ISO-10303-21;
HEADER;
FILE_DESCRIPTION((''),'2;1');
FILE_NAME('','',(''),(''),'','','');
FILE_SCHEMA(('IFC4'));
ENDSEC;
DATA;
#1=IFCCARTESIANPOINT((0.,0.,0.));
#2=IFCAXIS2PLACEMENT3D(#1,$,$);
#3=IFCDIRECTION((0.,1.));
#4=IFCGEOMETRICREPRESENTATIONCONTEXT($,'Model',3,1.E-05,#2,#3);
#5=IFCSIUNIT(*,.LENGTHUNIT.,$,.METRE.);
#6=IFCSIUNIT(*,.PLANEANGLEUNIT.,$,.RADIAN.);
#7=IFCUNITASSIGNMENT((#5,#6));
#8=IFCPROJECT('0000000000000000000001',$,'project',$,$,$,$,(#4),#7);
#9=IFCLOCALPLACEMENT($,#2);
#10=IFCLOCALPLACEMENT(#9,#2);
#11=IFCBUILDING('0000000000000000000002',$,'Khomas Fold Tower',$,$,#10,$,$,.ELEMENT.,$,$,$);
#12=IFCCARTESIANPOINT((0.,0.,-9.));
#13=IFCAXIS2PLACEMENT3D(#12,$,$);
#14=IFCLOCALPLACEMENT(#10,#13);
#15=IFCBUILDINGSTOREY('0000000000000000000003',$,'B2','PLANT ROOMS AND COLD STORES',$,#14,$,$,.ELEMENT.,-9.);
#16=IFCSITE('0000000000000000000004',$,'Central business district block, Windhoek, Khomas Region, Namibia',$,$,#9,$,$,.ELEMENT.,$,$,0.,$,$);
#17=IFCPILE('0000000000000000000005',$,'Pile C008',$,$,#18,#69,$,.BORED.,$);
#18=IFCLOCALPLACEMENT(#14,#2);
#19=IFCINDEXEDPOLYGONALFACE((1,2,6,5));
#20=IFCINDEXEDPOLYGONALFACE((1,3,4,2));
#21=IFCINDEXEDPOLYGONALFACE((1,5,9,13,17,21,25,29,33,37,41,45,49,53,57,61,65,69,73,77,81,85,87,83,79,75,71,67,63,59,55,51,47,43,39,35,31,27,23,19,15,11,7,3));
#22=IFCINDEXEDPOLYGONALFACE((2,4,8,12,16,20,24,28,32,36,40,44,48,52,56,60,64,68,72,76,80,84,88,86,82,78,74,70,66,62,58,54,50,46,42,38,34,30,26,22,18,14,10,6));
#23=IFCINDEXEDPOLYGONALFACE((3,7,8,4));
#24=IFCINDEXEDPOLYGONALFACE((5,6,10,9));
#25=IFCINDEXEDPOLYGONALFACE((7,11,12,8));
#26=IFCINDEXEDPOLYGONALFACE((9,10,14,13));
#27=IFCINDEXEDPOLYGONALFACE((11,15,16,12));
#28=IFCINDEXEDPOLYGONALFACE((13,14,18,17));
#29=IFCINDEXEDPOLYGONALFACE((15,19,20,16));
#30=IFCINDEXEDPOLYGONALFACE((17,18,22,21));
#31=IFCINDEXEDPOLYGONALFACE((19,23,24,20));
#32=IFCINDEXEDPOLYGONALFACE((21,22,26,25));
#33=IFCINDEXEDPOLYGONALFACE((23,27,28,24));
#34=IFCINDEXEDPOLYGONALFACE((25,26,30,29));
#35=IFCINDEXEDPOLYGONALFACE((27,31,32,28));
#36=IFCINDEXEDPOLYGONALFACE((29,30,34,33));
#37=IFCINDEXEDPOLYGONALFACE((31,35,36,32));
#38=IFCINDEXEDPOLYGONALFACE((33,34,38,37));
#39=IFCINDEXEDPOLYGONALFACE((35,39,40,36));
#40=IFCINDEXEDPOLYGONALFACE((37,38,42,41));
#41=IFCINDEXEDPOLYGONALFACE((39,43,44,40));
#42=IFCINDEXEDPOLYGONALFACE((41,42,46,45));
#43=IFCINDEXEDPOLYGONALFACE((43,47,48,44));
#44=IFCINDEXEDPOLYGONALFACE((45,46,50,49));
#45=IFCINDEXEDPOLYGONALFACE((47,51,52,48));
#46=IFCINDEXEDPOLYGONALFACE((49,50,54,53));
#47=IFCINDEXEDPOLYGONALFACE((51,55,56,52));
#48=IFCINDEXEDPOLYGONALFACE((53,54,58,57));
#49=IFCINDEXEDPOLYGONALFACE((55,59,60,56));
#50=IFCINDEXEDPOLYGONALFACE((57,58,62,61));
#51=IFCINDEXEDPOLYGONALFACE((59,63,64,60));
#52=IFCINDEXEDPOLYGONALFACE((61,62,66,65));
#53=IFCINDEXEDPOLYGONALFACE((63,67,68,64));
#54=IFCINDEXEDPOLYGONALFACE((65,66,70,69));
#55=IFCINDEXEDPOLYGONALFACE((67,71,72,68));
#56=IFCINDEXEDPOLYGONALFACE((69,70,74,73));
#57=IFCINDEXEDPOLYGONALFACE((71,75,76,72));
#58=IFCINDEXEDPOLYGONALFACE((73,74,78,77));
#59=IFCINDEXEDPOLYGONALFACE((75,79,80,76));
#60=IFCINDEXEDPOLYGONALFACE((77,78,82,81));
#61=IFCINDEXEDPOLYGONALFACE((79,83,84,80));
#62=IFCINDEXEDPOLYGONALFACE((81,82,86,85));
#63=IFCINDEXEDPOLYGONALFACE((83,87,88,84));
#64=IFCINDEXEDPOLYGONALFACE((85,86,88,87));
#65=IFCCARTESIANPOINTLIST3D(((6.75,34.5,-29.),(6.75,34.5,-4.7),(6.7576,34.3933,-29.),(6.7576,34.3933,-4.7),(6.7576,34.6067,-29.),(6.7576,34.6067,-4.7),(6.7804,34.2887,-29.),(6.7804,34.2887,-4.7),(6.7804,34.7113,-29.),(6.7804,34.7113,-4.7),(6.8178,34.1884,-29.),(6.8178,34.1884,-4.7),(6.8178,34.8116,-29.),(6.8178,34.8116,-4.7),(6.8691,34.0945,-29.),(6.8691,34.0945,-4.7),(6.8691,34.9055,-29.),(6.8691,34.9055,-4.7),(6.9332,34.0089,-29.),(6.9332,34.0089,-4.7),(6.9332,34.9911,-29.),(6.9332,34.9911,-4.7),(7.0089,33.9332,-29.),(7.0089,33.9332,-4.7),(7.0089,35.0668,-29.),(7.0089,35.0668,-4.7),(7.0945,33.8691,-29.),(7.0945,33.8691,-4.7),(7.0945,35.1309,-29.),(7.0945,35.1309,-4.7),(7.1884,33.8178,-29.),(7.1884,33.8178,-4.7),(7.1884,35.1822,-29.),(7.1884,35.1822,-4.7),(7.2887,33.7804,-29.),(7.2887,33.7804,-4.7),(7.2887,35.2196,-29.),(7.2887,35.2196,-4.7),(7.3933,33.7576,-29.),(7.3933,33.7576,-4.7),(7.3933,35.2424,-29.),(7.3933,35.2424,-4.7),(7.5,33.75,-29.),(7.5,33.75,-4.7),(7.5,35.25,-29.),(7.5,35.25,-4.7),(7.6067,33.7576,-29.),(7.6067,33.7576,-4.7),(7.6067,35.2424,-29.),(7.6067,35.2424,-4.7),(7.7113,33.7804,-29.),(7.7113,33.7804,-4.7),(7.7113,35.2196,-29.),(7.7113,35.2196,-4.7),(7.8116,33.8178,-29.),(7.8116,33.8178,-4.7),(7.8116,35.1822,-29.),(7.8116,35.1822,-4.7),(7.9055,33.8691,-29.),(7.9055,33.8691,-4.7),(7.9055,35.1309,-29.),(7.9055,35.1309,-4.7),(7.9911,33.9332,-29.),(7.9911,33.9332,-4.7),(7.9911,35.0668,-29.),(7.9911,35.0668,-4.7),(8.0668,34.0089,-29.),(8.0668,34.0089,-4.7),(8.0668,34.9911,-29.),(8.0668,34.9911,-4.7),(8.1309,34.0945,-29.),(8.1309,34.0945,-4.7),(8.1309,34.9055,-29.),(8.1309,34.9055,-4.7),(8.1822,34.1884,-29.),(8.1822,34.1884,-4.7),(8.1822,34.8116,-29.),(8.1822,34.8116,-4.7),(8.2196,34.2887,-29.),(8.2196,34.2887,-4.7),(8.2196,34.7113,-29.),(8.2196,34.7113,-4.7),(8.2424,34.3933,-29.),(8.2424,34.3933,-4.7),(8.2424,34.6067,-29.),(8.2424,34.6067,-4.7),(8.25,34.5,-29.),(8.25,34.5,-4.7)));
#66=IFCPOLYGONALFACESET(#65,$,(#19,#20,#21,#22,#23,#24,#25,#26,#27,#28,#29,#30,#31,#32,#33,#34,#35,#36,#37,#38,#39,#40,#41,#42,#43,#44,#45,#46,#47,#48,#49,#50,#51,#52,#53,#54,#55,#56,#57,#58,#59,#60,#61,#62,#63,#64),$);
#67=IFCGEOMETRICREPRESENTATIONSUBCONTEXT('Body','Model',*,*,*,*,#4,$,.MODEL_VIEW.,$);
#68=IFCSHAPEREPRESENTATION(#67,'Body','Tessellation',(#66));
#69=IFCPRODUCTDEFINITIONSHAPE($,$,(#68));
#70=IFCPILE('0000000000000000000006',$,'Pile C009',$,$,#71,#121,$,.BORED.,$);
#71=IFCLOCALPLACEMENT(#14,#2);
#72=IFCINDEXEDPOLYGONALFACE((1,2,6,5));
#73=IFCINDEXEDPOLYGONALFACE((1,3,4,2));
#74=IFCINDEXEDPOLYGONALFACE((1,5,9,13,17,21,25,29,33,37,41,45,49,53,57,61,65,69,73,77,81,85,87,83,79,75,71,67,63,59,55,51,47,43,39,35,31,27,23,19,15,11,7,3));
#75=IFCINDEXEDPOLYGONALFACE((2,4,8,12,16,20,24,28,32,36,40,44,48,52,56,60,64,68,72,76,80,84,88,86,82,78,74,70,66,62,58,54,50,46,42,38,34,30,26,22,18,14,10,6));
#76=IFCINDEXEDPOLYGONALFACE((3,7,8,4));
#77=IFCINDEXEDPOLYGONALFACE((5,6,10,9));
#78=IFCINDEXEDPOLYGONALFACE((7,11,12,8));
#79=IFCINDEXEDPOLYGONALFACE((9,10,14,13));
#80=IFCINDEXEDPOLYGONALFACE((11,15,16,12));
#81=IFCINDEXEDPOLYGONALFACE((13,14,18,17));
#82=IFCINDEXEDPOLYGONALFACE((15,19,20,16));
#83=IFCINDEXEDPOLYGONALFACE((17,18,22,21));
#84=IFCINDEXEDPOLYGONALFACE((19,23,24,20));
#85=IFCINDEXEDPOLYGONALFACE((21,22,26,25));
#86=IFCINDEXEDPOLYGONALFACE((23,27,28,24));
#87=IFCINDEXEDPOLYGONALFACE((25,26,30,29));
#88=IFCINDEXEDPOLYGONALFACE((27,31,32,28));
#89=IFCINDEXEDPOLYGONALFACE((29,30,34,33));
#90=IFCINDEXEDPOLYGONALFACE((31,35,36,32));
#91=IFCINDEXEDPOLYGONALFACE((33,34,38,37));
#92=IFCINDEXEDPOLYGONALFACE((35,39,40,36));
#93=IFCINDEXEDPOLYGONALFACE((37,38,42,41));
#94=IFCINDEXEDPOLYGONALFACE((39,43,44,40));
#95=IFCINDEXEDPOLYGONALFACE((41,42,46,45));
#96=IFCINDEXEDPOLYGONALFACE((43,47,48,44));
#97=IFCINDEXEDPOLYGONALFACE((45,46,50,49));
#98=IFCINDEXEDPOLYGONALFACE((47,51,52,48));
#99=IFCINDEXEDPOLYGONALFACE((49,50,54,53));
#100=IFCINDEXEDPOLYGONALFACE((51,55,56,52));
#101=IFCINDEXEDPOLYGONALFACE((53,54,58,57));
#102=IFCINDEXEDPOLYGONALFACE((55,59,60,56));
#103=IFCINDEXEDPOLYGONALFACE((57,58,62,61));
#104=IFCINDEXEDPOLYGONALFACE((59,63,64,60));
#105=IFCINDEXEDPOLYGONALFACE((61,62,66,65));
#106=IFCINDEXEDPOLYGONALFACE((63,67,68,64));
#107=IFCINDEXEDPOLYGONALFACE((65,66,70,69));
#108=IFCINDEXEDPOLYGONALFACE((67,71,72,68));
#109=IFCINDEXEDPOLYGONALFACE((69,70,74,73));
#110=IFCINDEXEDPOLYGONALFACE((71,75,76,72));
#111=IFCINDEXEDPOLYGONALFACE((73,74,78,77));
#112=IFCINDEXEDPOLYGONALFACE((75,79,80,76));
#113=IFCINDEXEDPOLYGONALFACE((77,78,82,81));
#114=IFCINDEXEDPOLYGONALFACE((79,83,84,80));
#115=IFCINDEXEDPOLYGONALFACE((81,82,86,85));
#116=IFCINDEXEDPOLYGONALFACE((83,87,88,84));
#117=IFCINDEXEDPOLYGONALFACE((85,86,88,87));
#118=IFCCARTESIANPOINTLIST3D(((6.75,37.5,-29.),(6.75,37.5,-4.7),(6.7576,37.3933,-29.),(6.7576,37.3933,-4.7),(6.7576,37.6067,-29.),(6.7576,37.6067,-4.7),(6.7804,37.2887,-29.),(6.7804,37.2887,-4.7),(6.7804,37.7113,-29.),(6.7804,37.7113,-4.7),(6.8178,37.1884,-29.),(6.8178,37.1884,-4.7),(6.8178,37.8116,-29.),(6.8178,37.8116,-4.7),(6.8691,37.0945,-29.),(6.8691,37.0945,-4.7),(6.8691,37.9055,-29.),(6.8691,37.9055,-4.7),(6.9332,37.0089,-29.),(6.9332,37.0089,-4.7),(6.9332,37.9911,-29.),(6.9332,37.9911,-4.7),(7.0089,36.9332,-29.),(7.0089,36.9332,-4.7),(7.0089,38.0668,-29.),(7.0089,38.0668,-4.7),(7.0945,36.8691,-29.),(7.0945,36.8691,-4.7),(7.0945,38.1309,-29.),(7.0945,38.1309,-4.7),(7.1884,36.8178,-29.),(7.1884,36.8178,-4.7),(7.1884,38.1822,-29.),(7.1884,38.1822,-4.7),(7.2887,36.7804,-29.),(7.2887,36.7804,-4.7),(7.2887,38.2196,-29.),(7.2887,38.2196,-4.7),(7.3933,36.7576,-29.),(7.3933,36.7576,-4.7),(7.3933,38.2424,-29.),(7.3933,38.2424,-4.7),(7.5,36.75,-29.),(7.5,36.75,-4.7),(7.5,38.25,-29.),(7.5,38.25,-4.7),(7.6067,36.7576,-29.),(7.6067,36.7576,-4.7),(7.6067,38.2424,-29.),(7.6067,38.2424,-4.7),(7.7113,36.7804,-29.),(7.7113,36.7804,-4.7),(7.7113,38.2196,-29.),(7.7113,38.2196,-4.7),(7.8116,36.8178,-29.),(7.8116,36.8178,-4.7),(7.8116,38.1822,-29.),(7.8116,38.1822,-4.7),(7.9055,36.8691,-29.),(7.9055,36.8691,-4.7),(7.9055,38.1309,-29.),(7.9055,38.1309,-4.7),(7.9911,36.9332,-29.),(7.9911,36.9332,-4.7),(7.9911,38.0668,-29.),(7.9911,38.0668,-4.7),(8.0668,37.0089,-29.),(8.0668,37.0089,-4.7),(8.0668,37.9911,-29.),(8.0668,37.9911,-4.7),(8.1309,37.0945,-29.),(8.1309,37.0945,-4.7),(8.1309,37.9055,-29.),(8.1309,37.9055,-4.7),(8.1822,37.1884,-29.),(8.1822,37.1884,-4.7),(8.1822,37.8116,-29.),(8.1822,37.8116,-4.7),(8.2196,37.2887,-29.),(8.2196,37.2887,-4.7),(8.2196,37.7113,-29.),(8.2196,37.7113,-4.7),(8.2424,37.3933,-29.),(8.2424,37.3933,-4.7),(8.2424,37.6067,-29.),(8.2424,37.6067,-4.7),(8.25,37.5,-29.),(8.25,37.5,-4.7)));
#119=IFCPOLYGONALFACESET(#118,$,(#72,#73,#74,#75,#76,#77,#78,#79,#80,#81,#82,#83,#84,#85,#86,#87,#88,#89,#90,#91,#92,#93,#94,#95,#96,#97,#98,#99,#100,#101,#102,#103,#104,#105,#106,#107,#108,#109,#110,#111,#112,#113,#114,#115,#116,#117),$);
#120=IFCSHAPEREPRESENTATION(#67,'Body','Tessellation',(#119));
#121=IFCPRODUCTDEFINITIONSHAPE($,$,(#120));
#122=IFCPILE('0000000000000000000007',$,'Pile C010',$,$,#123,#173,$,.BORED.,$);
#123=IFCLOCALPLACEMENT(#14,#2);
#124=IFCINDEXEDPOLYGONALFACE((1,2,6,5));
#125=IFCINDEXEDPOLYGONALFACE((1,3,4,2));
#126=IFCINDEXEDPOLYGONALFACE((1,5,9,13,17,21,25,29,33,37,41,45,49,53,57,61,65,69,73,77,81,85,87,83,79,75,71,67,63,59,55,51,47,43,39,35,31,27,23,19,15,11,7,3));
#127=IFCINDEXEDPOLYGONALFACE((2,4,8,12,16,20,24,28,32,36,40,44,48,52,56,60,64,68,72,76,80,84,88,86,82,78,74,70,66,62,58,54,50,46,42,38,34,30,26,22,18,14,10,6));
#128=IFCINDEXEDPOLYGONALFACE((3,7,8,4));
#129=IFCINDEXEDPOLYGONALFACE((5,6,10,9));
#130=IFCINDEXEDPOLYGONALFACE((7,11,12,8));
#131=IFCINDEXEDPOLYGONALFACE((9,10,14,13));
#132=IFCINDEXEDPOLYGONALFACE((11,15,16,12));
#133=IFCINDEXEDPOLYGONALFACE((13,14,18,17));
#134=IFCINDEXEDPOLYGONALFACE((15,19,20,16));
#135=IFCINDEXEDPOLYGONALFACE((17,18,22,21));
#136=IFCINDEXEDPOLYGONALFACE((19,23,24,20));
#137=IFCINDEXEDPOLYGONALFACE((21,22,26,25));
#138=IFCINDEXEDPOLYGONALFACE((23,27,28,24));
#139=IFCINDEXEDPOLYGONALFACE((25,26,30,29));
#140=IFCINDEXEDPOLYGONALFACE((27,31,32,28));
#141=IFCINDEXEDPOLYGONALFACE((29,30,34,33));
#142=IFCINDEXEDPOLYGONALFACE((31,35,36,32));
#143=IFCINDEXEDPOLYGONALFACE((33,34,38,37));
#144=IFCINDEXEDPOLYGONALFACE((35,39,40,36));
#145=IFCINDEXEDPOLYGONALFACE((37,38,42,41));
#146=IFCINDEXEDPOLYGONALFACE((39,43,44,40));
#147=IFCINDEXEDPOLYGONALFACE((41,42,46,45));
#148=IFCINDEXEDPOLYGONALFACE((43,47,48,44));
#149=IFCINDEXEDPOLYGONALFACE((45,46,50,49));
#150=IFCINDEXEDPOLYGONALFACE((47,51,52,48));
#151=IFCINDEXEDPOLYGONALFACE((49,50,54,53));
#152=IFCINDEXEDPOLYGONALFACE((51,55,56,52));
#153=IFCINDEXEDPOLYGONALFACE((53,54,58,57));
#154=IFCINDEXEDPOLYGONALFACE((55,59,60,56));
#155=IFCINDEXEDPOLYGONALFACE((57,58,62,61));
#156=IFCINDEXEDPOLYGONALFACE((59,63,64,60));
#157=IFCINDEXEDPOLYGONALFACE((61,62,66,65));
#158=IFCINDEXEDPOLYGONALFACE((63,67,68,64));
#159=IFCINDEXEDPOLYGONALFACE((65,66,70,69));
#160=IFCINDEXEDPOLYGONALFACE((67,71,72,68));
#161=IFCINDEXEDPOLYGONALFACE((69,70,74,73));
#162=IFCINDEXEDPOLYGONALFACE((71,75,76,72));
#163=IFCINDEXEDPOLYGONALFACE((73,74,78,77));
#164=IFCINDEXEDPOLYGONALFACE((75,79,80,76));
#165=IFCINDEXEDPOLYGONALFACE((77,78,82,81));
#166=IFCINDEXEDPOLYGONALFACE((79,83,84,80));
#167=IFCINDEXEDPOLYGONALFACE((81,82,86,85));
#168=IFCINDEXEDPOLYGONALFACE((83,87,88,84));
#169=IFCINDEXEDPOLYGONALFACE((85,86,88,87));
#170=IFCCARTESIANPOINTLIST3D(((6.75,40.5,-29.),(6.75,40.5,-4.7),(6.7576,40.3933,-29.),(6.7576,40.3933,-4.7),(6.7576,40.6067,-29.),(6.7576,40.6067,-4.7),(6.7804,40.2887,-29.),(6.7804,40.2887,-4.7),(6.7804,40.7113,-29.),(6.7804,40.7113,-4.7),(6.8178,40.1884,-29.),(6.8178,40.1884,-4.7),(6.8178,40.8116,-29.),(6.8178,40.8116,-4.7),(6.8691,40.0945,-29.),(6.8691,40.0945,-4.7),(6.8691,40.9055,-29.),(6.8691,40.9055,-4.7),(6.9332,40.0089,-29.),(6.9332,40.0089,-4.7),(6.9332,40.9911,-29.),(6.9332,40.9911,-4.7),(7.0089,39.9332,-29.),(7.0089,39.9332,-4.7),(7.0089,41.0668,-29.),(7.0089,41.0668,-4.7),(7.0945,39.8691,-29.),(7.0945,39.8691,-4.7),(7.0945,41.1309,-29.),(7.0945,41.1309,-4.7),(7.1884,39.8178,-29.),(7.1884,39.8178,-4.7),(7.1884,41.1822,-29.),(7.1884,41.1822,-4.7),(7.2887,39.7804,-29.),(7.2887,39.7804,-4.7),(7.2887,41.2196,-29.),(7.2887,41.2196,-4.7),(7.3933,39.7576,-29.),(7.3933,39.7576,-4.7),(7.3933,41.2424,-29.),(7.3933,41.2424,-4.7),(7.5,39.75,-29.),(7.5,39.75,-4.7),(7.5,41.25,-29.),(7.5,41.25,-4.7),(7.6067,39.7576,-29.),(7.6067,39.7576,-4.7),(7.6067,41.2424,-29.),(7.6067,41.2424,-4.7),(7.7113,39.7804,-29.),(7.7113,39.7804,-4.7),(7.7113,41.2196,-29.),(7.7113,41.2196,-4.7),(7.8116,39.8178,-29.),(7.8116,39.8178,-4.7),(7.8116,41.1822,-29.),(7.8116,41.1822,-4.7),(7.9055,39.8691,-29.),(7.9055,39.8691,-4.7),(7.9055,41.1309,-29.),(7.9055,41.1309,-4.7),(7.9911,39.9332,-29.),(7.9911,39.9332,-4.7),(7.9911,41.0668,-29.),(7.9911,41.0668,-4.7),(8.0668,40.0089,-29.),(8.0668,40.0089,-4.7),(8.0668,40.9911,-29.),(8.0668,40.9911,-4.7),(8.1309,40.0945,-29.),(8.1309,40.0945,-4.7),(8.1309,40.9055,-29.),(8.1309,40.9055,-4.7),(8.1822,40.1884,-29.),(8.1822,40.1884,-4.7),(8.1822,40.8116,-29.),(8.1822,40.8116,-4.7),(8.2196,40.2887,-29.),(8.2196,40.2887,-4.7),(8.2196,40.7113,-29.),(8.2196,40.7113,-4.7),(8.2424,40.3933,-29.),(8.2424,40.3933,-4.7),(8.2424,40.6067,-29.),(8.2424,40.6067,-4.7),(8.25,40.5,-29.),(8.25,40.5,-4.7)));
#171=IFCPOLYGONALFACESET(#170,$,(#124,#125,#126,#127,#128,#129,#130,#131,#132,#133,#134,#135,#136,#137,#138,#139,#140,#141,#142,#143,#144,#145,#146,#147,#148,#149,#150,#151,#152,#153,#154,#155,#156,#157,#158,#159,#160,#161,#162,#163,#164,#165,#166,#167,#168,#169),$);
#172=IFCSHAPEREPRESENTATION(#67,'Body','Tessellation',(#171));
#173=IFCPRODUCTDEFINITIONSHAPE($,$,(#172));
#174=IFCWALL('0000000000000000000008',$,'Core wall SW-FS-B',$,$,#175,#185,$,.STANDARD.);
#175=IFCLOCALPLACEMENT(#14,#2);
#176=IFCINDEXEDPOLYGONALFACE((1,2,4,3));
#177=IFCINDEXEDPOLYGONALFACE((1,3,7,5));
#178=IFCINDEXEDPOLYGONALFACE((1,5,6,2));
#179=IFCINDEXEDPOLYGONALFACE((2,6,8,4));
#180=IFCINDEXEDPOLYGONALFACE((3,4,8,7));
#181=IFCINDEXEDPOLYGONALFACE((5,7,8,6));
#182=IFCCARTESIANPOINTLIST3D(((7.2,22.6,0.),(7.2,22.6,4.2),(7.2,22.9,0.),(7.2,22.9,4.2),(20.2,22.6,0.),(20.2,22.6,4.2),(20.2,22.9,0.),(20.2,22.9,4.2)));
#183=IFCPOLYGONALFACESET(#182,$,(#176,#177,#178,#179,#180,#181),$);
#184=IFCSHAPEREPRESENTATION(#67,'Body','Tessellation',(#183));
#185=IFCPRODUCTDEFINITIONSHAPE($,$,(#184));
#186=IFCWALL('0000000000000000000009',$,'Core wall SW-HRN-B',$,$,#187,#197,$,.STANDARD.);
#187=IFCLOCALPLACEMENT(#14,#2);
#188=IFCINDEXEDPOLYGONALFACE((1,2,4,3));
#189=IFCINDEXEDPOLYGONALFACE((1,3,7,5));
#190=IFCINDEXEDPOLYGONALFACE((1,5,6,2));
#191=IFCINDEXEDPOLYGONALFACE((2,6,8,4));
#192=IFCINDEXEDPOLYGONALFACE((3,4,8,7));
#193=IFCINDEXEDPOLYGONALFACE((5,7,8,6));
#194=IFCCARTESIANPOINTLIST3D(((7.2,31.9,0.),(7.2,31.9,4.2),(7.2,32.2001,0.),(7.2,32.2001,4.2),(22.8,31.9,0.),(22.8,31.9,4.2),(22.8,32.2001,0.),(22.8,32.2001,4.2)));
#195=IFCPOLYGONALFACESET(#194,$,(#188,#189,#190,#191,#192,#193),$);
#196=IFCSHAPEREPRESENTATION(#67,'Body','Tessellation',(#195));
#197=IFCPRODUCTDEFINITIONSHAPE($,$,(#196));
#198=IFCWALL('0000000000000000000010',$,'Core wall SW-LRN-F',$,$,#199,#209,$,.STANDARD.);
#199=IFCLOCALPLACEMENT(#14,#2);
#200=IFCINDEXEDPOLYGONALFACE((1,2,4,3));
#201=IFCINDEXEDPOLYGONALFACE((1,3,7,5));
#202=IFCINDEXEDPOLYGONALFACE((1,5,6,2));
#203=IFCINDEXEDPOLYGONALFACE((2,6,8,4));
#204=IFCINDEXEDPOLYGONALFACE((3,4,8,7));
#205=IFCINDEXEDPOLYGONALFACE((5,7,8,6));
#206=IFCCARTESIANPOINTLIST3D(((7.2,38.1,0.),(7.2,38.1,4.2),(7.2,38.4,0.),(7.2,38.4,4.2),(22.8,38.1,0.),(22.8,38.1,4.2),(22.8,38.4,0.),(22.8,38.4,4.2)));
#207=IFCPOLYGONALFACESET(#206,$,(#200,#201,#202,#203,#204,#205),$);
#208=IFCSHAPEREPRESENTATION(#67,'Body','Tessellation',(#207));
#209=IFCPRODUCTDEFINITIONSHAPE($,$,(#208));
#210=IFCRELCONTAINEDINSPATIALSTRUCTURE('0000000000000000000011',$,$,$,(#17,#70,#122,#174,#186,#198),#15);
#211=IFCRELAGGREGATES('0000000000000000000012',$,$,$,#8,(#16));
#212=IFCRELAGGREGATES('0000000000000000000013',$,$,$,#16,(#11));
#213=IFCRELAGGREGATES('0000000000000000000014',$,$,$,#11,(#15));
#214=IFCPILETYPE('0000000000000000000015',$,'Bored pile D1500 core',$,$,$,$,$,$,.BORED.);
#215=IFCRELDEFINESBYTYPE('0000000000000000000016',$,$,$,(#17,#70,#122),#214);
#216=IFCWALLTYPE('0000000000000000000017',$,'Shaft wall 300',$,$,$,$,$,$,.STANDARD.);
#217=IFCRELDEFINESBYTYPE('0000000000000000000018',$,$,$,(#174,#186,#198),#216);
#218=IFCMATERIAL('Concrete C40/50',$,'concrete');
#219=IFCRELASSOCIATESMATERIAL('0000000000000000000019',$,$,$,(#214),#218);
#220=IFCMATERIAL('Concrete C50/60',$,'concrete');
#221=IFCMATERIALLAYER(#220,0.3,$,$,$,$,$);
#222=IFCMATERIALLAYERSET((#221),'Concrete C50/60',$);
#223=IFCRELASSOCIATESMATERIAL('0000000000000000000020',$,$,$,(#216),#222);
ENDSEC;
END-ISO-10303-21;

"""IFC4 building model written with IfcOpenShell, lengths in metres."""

from ifc_helpers import new_model, si_unit, direction, frame, frame_2d, origin, origin_2d, place, context, subcontext, project, spatial, rectangle, circle, extrude, source, transform, mapped, material, layer, layer_set, material_profile, profile_set, type_object, element, save


model = new_model("IFC4")

# Units and contexts
model_context = context("Model", 3, precision=1e-05, world=origin(), true_north=direction((0.0, 1.0)))
body_context = subcontext(model_context, "Body", "Model", "MODEL_VIEW")
ifc_project = project(units=[si_unit("LENGTHUNIT", "METRE"), si_unit("PLANEANGLEUNIT", "RADIAN")], contexts=[model_context])

# Site, building, storey
site_placement = place(None, origin())
site = spatial("IfcSite", under=ifc_project, at=site_placement, Name="Central business district block, Windhoek, Khomas Region, Namibia", CompositionType="ELEMENT", RefElevation=0.0)
building_placement = place(site_placement, origin())
building = spatial("IfcBuilding", under=site, at=building_placement, Name="Khomas Fold Tower", CompositionType="ELEMENT")
storey_placement = place(building_placement, frame((0.0, 0.0, -9.0)))
storey = spatial("IfcBuildingStorey", under=building, at=storey_placement, Name="B2", Description="PLANT ROOMS AND COLD STORES", CompositionType="ELEMENT", Elevation=-9.0)

# Piles
ifc_material_1 = material(Name="Concrete C40/50", Category="concrete")
ifc_material_profile = material_profile(ifc_material_1, circle(Radius=0.75, at=origin_2d()), Name="PILE D1500")
ifc_profile_set = profile_set([ifc_material_profile], Name="Concrete C40/50")
pile_type = type_object("IfcPileType", Name="Bored pile D1500 core", PredefinedType="BORED", material=ifc_profile_set)
shared_shape_1 = source(origin(), body_context, "Body", "SweptSolid", [
    extrude(circle(Radius=0.75, at=origin_2d()), origin(), (0.0, 0.0, 1.0), 24.3),
])
for number, where, z_axis, x_axis, name in (
    (1, (7.5, 34.5, -4.7), (0.0, 0.0, -1.0), (1.0, 0.0, 0.0), "Pile C008"),
    (2, (7.5, 37.5, -4.7), (0.0, 0.0, -1.0), (1.0, 0.0, 0.0), "Pile C009"),
    (3, (7.5, 40.5, -4.7), (0.0, 0.0, -1.0), (1.0, 0.0, 0.0), "Pile C010"),
):
    element("IfcPile", number, at=place(storey_placement, frame(where, z_axis=z_axis, x_axis=x_axis)), inside=storey, type_object=pile_type, Name=name, PredefinedType="BORED", context=body_context, shape_type="MappedRepresentation", body=[
        mapped(shared_shape_1, transform((0.0, 0.0, 0.0))),
    ])

# Walls
ifc_material_2 = material(Name="Concrete C50/60", Category="concrete")
ifc_layer_1 = layer(ifc_material_2, 0.3)
ifc_layer_set_1 = layer_set([ifc_layer_1], Name="Concrete C50/60")
wall_type_1 = type_object("IfcWallType", Name="Shaft wall 300", PredefinedType="STANDARD", material=ifc_layer_set_1)
shared_shape_2 = source(origin(), body_context, "Body", "SweptSolid", [
    extrude(rectangle(XDim=13.0, YDim=0.3, at=frame_2d((6.5, 0.0))), origin(), (0.0, 0.0, 1.0), 4.2),
])
wall_1_placement = place(storey_placement, frame((7.2, 22.75, 0.0), z_axis=(0.0, 0.0, 1.0), x_axis=(1.0, 0.0, 0.0)))
element("IfcWall", 4, at=wall_1_placement, inside=storey, type_object=wall_type_1, Name="Core wall SW-FS-B", PredefinedType="STANDARD", context=body_context, shape_type="MappedRepresentation", body=[
    mapped(shared_shape_2, transform((0.0, 0.0, 0.0))),
])
shared_shape_3 = source(origin(), body_context, "Body", "SweptSolid", [
    extrude(rectangle(XDim=15.6001, YDim=0.3, at=frame_2d((7.8, 0.0))), origin(), (0.0, 0.0, 1.0), 4.2),
])
for number, where, z_axis, x_axis, name in (
    (5, (7.2, 32.05, 0.0), (0.0, 0.0, 1.0), (1.0, 0.0, 0.0), "Core wall SW-HRN-B"),
    (6, (7.2, 38.25, 0.0), (0.0, 0.0, 1.0), (1.0, 0.0, 0.0), "Core wall SW-LRN-F"),
):
    element("IfcWall", number, at=place(storey_placement, frame(where, z_axis=z_axis, x_axis=x_axis)), inside=storey, type_object=wall_type_1, Name=name, PredefinedType="STANDARD", context=body_context, shape_type="MappedRepresentation", body=[
        mapped(shared_shape_3, transform((0.0, 0.0, 0.0))),
    ])

save(model, "model.ifc")
